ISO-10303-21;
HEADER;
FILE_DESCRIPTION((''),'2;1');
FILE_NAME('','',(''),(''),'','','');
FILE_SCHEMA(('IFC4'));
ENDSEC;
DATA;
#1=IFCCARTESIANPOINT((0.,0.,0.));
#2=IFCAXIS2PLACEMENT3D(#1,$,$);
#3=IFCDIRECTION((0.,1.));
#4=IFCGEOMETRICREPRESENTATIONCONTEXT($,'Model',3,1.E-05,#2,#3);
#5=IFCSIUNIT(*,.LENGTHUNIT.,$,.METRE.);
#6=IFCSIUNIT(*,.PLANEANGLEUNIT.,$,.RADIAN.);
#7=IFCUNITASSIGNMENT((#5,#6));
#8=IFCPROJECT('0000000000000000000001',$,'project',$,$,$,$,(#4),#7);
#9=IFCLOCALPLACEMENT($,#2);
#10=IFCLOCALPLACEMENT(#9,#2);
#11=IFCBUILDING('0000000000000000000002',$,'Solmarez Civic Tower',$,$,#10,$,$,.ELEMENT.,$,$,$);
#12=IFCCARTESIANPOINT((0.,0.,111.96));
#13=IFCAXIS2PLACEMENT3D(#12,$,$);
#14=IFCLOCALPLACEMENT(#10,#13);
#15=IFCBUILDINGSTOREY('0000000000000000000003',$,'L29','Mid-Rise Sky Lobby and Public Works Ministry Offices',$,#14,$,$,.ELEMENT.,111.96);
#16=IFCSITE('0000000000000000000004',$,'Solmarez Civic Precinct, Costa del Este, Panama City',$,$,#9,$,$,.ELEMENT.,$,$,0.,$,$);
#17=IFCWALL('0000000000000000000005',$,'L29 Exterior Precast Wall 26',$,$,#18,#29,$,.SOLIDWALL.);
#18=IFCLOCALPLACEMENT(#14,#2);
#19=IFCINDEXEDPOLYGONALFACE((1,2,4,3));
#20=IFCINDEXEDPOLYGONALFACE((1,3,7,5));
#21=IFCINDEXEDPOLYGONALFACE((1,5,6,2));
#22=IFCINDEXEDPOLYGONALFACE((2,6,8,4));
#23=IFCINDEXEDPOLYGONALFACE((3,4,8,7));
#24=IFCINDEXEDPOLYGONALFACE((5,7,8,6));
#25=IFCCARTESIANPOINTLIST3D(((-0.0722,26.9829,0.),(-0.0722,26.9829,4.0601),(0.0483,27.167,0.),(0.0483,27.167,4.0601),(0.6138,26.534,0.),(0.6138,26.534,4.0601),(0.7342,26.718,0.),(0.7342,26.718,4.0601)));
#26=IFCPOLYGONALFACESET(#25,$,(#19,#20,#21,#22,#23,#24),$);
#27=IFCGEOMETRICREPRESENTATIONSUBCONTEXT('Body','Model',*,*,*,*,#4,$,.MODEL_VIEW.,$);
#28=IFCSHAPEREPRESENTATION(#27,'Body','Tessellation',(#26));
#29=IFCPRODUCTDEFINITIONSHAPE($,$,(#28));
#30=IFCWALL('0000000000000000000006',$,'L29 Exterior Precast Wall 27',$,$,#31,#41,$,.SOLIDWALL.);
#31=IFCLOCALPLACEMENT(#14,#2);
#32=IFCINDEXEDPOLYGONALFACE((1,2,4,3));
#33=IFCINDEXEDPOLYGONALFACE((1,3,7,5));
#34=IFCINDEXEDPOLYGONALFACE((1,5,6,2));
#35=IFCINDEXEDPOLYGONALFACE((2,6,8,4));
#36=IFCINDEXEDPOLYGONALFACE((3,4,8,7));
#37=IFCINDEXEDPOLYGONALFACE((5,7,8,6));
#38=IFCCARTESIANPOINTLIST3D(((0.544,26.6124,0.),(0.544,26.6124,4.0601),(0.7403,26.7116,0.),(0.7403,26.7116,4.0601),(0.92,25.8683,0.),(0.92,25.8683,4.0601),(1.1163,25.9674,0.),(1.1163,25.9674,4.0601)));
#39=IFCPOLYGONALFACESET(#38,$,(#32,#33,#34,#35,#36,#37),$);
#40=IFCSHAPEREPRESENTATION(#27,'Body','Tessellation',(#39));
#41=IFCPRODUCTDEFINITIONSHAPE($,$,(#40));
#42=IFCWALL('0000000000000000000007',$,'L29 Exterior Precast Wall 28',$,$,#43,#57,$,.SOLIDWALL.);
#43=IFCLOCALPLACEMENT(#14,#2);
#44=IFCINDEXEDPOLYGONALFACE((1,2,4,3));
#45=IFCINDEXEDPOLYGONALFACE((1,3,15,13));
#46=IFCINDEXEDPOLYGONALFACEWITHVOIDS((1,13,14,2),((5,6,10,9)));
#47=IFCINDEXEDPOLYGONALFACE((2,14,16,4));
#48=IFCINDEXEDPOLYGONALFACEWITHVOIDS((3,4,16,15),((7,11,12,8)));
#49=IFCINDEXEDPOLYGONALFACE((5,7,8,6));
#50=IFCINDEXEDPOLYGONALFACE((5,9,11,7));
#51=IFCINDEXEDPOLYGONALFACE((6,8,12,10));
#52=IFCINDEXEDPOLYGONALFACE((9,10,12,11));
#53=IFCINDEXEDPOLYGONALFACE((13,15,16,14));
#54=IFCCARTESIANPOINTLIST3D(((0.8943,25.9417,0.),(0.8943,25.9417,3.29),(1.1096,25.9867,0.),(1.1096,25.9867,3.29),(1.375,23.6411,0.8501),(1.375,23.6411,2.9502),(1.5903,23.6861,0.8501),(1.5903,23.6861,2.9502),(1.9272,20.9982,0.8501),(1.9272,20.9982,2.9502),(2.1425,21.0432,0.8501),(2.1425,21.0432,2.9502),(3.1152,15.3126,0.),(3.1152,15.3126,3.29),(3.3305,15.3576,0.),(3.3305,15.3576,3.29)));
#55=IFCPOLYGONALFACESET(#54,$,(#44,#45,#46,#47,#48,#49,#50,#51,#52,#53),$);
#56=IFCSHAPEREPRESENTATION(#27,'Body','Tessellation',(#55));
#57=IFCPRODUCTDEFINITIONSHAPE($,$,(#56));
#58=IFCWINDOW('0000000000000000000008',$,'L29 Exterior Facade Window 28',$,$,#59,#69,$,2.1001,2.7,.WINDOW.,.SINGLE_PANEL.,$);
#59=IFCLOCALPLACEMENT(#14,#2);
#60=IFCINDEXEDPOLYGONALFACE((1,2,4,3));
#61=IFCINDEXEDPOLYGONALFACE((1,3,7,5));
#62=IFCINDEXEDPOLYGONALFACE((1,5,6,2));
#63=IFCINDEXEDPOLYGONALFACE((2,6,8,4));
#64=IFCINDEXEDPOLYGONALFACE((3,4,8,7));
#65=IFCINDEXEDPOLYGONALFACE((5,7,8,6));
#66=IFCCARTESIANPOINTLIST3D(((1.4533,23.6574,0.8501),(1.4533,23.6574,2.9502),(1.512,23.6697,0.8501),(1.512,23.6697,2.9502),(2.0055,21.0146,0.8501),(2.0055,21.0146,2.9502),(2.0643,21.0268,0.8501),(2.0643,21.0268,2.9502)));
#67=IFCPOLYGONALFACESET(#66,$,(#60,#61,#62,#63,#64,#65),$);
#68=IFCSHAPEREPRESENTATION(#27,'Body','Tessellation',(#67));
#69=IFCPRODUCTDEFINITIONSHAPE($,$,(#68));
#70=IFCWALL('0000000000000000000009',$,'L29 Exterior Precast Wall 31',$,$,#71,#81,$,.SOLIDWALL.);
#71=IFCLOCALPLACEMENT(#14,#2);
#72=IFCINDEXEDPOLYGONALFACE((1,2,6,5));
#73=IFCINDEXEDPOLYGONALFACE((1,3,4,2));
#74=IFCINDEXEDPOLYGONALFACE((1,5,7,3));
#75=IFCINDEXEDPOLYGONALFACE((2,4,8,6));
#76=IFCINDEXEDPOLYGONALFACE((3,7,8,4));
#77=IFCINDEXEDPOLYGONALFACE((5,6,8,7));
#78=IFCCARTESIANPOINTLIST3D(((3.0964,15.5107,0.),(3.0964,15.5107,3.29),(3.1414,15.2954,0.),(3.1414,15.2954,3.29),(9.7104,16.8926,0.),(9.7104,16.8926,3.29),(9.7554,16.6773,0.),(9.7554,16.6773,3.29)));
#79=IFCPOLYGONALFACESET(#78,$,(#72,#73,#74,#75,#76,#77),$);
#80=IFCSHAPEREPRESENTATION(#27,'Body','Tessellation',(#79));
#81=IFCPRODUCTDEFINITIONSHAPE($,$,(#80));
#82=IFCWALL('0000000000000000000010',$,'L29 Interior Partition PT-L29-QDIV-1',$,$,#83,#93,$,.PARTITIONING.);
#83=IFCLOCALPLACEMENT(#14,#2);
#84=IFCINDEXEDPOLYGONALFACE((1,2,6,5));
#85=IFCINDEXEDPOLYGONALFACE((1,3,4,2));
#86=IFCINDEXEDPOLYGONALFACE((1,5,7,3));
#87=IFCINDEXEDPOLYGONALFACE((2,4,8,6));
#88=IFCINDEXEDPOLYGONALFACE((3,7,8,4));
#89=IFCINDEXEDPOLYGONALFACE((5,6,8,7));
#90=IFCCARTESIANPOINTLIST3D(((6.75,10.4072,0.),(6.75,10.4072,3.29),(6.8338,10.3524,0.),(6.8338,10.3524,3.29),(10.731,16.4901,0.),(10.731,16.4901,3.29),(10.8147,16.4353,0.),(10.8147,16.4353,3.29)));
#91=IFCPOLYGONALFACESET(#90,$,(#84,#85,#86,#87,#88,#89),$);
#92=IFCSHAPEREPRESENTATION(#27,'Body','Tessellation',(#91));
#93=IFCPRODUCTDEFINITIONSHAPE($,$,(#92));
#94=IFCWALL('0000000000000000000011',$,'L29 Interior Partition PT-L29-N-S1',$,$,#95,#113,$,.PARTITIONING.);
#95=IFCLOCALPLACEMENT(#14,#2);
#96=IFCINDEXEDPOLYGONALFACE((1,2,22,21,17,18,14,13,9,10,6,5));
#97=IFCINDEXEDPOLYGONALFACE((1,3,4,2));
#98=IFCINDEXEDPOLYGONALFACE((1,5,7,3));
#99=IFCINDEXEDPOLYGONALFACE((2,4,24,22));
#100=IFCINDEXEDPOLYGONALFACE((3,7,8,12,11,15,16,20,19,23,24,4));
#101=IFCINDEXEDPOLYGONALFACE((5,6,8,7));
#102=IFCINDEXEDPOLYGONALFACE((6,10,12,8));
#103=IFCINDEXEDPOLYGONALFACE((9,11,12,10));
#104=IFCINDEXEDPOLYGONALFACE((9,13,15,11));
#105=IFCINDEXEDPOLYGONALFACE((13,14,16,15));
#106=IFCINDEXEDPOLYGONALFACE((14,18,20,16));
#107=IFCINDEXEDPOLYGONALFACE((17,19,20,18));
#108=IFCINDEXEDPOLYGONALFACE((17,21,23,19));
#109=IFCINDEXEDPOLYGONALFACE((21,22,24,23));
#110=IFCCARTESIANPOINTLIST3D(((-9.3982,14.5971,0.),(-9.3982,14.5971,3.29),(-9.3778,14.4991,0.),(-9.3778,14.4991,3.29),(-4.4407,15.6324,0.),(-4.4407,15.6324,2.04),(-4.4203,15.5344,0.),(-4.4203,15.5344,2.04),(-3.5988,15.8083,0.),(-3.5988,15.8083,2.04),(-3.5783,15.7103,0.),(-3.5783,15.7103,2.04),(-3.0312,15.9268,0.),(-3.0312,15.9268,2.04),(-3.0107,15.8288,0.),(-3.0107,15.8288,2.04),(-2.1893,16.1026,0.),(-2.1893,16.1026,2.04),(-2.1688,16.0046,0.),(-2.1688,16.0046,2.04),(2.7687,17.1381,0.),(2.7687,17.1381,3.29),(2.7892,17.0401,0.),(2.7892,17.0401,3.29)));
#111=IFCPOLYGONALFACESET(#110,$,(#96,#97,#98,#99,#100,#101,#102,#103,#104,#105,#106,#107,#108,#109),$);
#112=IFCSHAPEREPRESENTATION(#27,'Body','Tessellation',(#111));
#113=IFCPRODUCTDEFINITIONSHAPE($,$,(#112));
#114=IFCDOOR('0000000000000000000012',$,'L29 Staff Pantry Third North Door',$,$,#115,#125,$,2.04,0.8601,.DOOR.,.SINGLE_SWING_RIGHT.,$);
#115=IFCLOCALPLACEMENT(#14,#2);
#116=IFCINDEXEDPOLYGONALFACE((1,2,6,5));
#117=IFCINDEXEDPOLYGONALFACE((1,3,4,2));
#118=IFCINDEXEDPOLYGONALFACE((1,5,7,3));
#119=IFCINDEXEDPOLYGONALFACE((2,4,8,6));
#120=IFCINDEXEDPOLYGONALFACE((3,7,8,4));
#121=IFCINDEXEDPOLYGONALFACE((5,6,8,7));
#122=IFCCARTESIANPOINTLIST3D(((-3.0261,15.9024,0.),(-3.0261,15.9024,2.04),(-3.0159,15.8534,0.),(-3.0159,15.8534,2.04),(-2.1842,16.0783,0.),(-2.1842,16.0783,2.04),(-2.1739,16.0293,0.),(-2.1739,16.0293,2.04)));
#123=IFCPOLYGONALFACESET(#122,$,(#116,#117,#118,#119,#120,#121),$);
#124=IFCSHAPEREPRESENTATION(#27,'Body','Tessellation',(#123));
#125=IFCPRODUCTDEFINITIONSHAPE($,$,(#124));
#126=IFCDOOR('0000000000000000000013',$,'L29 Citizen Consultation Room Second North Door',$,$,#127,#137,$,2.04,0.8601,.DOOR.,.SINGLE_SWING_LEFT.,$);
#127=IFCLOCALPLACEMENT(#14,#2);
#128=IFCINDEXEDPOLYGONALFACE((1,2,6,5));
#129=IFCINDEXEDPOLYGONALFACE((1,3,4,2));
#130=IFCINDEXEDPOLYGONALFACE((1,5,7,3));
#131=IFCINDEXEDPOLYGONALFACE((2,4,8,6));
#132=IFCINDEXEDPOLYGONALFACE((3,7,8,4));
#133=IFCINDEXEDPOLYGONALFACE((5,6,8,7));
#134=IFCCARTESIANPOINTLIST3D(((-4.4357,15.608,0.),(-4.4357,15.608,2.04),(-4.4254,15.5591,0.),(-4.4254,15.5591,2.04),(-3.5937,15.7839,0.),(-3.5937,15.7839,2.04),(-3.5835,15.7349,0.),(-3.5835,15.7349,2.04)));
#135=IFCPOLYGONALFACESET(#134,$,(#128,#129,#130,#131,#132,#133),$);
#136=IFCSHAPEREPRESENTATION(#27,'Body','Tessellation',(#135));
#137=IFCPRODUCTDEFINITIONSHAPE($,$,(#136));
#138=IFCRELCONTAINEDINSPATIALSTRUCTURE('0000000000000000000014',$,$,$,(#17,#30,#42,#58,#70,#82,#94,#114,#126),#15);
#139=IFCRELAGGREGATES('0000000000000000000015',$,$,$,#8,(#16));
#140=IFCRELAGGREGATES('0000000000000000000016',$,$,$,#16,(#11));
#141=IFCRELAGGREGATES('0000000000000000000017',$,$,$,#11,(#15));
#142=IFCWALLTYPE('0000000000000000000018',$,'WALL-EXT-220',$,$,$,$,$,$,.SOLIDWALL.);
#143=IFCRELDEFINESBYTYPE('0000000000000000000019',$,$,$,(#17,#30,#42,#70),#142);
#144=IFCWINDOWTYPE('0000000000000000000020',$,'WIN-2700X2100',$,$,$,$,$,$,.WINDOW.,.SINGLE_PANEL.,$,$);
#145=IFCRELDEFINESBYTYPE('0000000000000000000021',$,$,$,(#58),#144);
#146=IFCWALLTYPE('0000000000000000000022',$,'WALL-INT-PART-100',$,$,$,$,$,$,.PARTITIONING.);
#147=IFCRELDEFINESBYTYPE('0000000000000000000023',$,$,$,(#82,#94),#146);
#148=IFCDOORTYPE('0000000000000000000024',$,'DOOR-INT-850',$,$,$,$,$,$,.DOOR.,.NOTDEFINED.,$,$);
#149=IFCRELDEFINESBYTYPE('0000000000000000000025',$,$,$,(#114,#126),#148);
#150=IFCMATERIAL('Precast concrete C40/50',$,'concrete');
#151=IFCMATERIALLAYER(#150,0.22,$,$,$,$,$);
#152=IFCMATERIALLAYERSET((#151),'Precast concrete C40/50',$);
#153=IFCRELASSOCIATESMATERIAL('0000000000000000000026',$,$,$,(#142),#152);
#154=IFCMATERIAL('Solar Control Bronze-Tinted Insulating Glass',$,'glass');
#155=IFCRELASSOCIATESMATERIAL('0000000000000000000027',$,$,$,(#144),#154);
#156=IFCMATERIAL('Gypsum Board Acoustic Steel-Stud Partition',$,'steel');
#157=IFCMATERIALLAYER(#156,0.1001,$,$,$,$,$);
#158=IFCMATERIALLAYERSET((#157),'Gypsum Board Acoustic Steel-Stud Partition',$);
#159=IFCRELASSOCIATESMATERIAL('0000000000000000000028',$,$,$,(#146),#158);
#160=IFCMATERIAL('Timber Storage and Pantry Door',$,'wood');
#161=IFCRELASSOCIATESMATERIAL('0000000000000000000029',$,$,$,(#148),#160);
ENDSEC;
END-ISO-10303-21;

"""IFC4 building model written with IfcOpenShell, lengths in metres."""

from ifc_helpers import new_model, si_unit, direction, frame, frame_2d, origin, place, context, subcontext, project, spatial, rectangle, extrude, material, layer, layer_set, type_object, element, fill, save


model = new_model("IFC4")

# Units and contexts
model_context = context("Model", 3, precision=1e-05, world=origin(), true_north=direction((0.0, 1.0)))
body_context = subcontext(model_context, "Body", "Model", "MODEL_VIEW")
ifc_project = project(units=[si_unit("LENGTHUNIT", "METRE"), si_unit("PLANEANGLEUNIT", "RADIAN")], contexts=[model_context])

# Site, building, storey
site_placement = place(None, origin())
site = spatial("IfcSite", under=ifc_project, at=site_placement, Name="Solmarez Civic Precinct, Costa del Este, Panama City", CompositionType="ELEMENT", RefElevation=0.0)
building_placement = place(site_placement, origin())
building = spatial("IfcBuilding", under=site, at=building_placement, Name="Solmarez Civic Tower", CompositionType="ELEMENT")
storey_placement = place(building_placement, frame((0.0, 0.0, 111.96)))
storey = spatial("IfcBuildingStorey", under=building, at=storey_placement, Name="L29", Description="Mid-Rise Sky Lobby and Public Works Ministry Offices", CompositionType="ELEMENT", Elevation=111.96)

# Walls
ifc_material_1 = material(Name="Precast concrete C40/50", Category="concrete")
ifc_layer_1 = layer(ifc_material_1, 0.22)
ifc_layer_set_1 = layer_set([ifc_layer_1], Name="Precast concrete C40/50")
wall_type_1 = type_object("IfcWallType", Name="WALL-EXT-220", PredefinedType="SOLIDWALL", material=ifc_layer_set_1)
wall_1_placement = place(storey_placement, frame((-0.012, 27.075, 0.0), z_axis=(0.0, 0.0, 1.0), x_axis=(0.836739, -0.547602, 0.0)))
element("IfcWall", 1, at=wall_1_placement, inside=storey, type_object=wall_type_1, Name="L29 Exterior Precast Wall 26", PredefinedType="SOLIDWALL", context=body_context, shape_type="SweptSolid", body=[
    extrude(rectangle(XDim=0.8198, YDim=0.22, at=frame_2d((0.4099, 0.0))), origin(), (0.0, 0.0, 1.0), 4.0601),
])
wall_2_placement = place(storey_placement, frame((0.6421, 26.6621, 0.0), z_axis=(0.0, 0.0, 1.0), x_axis=(0.450958, -0.892545, 0.0)))
element("IfcWall", 2, at=wall_2_placement, inside=storey, type_object=wall_type_1, Name="L29 Exterior Precast Wall 27", PredefinedType="SOLIDWALL", context=body_context, shape_type="SweptSolid", body=[
    extrude(rectangle(XDim=0.8337, YDim=0.22, at=frame_2d((0.417, 0.0))), origin(), (0.0, 0.0, 1.0), 4.0601),
])

# Wall, opening, window
wall_3_placement = place(storey_placement, frame((1.002, 25.9641, 0.0), z_axis=(0.0, 0.0, 1.0), x_axis=(0.204532, -0.97886, 0.0)))
wall_3 = element("IfcWall", 3, at=wall_3_placement, inside=storey, type_object=wall_type_1, Name="L29 Exterior Precast Wall 28", PredefinedType="SOLIDWALL", context=body_context, shape_type="SweptSolid", body=[
    extrude(rectangle(XDim=10.8586, YDim=0.22, at=frame_2d((5.4292, 0.0))), origin(), (0.0, 0.0, 1.0), 3.29),
])
opening_1_placement = place(wall_3_placement, frame((2.3501, 0.0, 0.8501)))
opening_1 = element("IfcOpeningElement", 4, at=opening_1_placement, cuts=wall_3, PredefinedType="OPENING", context=body_context, shape_type="SweptSolid", body=[
    extrude(rectangle(XDim=2.7, YDim=2.1001, at=frame_2d((1.3501, 1.05))), frame((0.0, 0.1199, 0.0), z_axis=(0.0, -1.0, 0.0), x_axis=(1.0, 0.0, 0.0)), (0.0, 0.0, 1.0), 0.24),
])
ifc_material_2 = material(Name="Solar Control Bronze-Tinted Insulating Glass", Category="glass")
window_type = type_object("IfcWindowType", Name="WIN-2700X2100", PartitioningType="SINGLE_PANEL", PredefinedType="WINDOW", material=ifc_material_2)
window_placement = place(opening_1_placement, origin())
window = element("IfcWindow", 5, at=window_placement, inside=storey, type_object=window_type, Name="L29 Exterior Facade Window 28", OverallHeight=2.1001, OverallWidth=2.7, PartitioningType="SINGLE_PANEL", PredefinedType="WINDOW", context=body_context, shape_type="SweptSolid", body=[
    extrude(rectangle(XDim=2.7, YDim=2.1001, at=frame_2d((1.3501, 1.05))), frame((0.0, 0.03, 0.0), z_axis=(0.0, -1.0, 0.0), x_axis=(1.0, 0.0, 0.0)), (0.0, 0.0, 1.0), 0.0601),
])
fill(opening_1, window)

# Walls
wall_4_placement = place(storey_placement, frame((3.1189, 15.4031, 0.0), z_axis=(0.0, 0.0, 1.0), x_axis=(0.978865, 0.20451, 0.0)))
element("IfcWall", 6, at=wall_4_placement, inside=storey, type_object=wall_type_1, Name="L29 Exterior Precast Wall 31", PredefinedType="SOLIDWALL", context=body_context, shape_type="SweptSolid", body=[
    extrude(rectangle(XDim=6.7568, YDim=0.22, at=frame_2d((3.3784, 0.0))), origin(), (0.0, 0.0, 1.0), 3.29),
])
ifc_material_3 = material(Name="Gypsum Board Acoustic Steel-Stud Partition", Category="steel")
ifc_layer_2 = layer(ifc_material_3, 0.1001)
ifc_layer_set_2 = layer_set([ifc_layer_2], Name="Gypsum Board Acoustic Steel-Stud Partition")
wall_type_2 = type_object("IfcWallType", Name="WALL-INT-PART-100", PredefinedType="PARTITIONING", material=ifc_layer_set_2)
wall_5_placement = place(storey_placement, frame((6.792, 10.3799, 0.0), z_axis=(0.0, 0.0, 1.0), x_axis=(0.547597, 0.836742, 0.0)))
element("IfcWall", 7, at=wall_5_placement, inside=storey, type_object=wall_type_2, Name="L29 Interior Partition PT-L29-QDIV-1", PredefinedType="PARTITIONING", context=body_context, shape_type="SweptSolid", body=[
    extrude(rectangle(XDim=7.2698, YDim=0.1001, at=frame_2d((3.6348, 0.0))), origin(), (0.0, 0.0, 1.0), 3.29),
])

# Wall, openings, doors
wall_6_placement = place(storey_placement, frame((2.7791, 17.0891, 0.0), z_axis=(0.0, 0.0, 1.0), x_axis=(-0.97888, -0.204434, 0.0)))
wall_6 = element("IfcWall", 8, at=wall_6_placement, inside=storey, type_object=wall_type_2, Name="L29 Interior Partition PT-L29-N-S1", PredefinedType="PARTITIONING", context=body_context, shape_type="SweptSolid", body=[
    extrude(rectangle(XDim=12.4294, YDim=0.1001, at=frame_2d((6.2148, 0.0))), origin(), (0.0, 0.0, 1.0), 3.29),
])
opening_2_placement = place(wall_6_placement, frame((5.0649, 0.0, 0.0)))
opening_2 = element("IfcOpeningElement", 9, at=opening_2_placement, cuts=wall_6, PredefinedType="OPENING", context=body_context, shape_type="SweptSolid", body=[
    extrude(rectangle(XDim=0.8601, YDim=2.04, at=frame_2d((0.4302, 1.02))), frame((0.0, 0.0601, 0.0), z_axis=(0.0, -1.0, 0.0), x_axis=(1.0, 0.0, 0.0)), (0.0, 0.0, 1.0), 0.1201),
])
opening_3_placement = place(wall_6_placement, frame((6.5049, 0.0, 0.0)))
opening_3 = element("IfcOpeningElement", 10, at=opening_3_placement, cuts=wall_6, PredefinedType="OPENING", context=body_context, shape_type="SweptSolid", body=[
    extrude(rectangle(XDim=0.8601, YDim=2.04, at=frame_2d((0.4302, 1.02))), frame((0.0, 0.0601, 0.0), z_axis=(0.0, -1.0, 0.0), x_axis=(1.0, 0.0, 0.0)), (0.0, 0.0, 1.0), 0.1201),
])
ifc_material_4 = material(Name="Timber Storage and Pantry Door", Category="wood")
door_type = type_object("IfcDoorType", Name="DOOR-INT-850", OperationType="NOTDEFINED", PredefinedType="DOOR", material=ifc_material_4)
door_1_placement = place(opening_2_placement, origin())
door_1 = element("IfcDoor", 11, at=door_1_placement, inside=storey, type_object=door_type, Name="L29 Staff Pantry Third North Door", OperationType="SINGLE_SWING_RIGHT", OverallHeight=2.04, OverallWidth=0.8601, PredefinedType="DOOR", context=body_context, shape_type="SweptSolid", body=[
    extrude(rectangle(XDim=0.8601, YDim=2.04, at=frame_2d((0.4302, 1.02))), frame((0.0, 0.0249, 0.0), z_axis=(0.0, -1.0, 0.0), x_axis=(1.0, 0.0, 0.0)), (0.0, 0.0, 1.0), 0.05),
])
fill(opening_2, door_1)
door_2_placement = place(opening_3_placement, origin())
door_2 = element("IfcDoor", 12, at=door_2_placement, inside=storey, type_object=door_type, Name="L29 Citizen Consultation Room Second North Door", OperationType="SINGLE_SWING_LEFT", OverallHeight=2.04, OverallWidth=0.8601, PredefinedType="DOOR", context=body_context, shape_type="SweptSolid", body=[
    extrude(rectangle(XDim=0.8601, YDim=2.04, at=frame_2d((0.4302, 1.02))), frame((0.0, 0.0249, 0.0), z_axis=(0.0, -1.0, 0.0), x_axis=(1.0, 0.0, 0.0)), (0.0, 0.0, 1.0), 0.05),
])
fill(opening_3, door_2)

save(model, "model.ifc")
